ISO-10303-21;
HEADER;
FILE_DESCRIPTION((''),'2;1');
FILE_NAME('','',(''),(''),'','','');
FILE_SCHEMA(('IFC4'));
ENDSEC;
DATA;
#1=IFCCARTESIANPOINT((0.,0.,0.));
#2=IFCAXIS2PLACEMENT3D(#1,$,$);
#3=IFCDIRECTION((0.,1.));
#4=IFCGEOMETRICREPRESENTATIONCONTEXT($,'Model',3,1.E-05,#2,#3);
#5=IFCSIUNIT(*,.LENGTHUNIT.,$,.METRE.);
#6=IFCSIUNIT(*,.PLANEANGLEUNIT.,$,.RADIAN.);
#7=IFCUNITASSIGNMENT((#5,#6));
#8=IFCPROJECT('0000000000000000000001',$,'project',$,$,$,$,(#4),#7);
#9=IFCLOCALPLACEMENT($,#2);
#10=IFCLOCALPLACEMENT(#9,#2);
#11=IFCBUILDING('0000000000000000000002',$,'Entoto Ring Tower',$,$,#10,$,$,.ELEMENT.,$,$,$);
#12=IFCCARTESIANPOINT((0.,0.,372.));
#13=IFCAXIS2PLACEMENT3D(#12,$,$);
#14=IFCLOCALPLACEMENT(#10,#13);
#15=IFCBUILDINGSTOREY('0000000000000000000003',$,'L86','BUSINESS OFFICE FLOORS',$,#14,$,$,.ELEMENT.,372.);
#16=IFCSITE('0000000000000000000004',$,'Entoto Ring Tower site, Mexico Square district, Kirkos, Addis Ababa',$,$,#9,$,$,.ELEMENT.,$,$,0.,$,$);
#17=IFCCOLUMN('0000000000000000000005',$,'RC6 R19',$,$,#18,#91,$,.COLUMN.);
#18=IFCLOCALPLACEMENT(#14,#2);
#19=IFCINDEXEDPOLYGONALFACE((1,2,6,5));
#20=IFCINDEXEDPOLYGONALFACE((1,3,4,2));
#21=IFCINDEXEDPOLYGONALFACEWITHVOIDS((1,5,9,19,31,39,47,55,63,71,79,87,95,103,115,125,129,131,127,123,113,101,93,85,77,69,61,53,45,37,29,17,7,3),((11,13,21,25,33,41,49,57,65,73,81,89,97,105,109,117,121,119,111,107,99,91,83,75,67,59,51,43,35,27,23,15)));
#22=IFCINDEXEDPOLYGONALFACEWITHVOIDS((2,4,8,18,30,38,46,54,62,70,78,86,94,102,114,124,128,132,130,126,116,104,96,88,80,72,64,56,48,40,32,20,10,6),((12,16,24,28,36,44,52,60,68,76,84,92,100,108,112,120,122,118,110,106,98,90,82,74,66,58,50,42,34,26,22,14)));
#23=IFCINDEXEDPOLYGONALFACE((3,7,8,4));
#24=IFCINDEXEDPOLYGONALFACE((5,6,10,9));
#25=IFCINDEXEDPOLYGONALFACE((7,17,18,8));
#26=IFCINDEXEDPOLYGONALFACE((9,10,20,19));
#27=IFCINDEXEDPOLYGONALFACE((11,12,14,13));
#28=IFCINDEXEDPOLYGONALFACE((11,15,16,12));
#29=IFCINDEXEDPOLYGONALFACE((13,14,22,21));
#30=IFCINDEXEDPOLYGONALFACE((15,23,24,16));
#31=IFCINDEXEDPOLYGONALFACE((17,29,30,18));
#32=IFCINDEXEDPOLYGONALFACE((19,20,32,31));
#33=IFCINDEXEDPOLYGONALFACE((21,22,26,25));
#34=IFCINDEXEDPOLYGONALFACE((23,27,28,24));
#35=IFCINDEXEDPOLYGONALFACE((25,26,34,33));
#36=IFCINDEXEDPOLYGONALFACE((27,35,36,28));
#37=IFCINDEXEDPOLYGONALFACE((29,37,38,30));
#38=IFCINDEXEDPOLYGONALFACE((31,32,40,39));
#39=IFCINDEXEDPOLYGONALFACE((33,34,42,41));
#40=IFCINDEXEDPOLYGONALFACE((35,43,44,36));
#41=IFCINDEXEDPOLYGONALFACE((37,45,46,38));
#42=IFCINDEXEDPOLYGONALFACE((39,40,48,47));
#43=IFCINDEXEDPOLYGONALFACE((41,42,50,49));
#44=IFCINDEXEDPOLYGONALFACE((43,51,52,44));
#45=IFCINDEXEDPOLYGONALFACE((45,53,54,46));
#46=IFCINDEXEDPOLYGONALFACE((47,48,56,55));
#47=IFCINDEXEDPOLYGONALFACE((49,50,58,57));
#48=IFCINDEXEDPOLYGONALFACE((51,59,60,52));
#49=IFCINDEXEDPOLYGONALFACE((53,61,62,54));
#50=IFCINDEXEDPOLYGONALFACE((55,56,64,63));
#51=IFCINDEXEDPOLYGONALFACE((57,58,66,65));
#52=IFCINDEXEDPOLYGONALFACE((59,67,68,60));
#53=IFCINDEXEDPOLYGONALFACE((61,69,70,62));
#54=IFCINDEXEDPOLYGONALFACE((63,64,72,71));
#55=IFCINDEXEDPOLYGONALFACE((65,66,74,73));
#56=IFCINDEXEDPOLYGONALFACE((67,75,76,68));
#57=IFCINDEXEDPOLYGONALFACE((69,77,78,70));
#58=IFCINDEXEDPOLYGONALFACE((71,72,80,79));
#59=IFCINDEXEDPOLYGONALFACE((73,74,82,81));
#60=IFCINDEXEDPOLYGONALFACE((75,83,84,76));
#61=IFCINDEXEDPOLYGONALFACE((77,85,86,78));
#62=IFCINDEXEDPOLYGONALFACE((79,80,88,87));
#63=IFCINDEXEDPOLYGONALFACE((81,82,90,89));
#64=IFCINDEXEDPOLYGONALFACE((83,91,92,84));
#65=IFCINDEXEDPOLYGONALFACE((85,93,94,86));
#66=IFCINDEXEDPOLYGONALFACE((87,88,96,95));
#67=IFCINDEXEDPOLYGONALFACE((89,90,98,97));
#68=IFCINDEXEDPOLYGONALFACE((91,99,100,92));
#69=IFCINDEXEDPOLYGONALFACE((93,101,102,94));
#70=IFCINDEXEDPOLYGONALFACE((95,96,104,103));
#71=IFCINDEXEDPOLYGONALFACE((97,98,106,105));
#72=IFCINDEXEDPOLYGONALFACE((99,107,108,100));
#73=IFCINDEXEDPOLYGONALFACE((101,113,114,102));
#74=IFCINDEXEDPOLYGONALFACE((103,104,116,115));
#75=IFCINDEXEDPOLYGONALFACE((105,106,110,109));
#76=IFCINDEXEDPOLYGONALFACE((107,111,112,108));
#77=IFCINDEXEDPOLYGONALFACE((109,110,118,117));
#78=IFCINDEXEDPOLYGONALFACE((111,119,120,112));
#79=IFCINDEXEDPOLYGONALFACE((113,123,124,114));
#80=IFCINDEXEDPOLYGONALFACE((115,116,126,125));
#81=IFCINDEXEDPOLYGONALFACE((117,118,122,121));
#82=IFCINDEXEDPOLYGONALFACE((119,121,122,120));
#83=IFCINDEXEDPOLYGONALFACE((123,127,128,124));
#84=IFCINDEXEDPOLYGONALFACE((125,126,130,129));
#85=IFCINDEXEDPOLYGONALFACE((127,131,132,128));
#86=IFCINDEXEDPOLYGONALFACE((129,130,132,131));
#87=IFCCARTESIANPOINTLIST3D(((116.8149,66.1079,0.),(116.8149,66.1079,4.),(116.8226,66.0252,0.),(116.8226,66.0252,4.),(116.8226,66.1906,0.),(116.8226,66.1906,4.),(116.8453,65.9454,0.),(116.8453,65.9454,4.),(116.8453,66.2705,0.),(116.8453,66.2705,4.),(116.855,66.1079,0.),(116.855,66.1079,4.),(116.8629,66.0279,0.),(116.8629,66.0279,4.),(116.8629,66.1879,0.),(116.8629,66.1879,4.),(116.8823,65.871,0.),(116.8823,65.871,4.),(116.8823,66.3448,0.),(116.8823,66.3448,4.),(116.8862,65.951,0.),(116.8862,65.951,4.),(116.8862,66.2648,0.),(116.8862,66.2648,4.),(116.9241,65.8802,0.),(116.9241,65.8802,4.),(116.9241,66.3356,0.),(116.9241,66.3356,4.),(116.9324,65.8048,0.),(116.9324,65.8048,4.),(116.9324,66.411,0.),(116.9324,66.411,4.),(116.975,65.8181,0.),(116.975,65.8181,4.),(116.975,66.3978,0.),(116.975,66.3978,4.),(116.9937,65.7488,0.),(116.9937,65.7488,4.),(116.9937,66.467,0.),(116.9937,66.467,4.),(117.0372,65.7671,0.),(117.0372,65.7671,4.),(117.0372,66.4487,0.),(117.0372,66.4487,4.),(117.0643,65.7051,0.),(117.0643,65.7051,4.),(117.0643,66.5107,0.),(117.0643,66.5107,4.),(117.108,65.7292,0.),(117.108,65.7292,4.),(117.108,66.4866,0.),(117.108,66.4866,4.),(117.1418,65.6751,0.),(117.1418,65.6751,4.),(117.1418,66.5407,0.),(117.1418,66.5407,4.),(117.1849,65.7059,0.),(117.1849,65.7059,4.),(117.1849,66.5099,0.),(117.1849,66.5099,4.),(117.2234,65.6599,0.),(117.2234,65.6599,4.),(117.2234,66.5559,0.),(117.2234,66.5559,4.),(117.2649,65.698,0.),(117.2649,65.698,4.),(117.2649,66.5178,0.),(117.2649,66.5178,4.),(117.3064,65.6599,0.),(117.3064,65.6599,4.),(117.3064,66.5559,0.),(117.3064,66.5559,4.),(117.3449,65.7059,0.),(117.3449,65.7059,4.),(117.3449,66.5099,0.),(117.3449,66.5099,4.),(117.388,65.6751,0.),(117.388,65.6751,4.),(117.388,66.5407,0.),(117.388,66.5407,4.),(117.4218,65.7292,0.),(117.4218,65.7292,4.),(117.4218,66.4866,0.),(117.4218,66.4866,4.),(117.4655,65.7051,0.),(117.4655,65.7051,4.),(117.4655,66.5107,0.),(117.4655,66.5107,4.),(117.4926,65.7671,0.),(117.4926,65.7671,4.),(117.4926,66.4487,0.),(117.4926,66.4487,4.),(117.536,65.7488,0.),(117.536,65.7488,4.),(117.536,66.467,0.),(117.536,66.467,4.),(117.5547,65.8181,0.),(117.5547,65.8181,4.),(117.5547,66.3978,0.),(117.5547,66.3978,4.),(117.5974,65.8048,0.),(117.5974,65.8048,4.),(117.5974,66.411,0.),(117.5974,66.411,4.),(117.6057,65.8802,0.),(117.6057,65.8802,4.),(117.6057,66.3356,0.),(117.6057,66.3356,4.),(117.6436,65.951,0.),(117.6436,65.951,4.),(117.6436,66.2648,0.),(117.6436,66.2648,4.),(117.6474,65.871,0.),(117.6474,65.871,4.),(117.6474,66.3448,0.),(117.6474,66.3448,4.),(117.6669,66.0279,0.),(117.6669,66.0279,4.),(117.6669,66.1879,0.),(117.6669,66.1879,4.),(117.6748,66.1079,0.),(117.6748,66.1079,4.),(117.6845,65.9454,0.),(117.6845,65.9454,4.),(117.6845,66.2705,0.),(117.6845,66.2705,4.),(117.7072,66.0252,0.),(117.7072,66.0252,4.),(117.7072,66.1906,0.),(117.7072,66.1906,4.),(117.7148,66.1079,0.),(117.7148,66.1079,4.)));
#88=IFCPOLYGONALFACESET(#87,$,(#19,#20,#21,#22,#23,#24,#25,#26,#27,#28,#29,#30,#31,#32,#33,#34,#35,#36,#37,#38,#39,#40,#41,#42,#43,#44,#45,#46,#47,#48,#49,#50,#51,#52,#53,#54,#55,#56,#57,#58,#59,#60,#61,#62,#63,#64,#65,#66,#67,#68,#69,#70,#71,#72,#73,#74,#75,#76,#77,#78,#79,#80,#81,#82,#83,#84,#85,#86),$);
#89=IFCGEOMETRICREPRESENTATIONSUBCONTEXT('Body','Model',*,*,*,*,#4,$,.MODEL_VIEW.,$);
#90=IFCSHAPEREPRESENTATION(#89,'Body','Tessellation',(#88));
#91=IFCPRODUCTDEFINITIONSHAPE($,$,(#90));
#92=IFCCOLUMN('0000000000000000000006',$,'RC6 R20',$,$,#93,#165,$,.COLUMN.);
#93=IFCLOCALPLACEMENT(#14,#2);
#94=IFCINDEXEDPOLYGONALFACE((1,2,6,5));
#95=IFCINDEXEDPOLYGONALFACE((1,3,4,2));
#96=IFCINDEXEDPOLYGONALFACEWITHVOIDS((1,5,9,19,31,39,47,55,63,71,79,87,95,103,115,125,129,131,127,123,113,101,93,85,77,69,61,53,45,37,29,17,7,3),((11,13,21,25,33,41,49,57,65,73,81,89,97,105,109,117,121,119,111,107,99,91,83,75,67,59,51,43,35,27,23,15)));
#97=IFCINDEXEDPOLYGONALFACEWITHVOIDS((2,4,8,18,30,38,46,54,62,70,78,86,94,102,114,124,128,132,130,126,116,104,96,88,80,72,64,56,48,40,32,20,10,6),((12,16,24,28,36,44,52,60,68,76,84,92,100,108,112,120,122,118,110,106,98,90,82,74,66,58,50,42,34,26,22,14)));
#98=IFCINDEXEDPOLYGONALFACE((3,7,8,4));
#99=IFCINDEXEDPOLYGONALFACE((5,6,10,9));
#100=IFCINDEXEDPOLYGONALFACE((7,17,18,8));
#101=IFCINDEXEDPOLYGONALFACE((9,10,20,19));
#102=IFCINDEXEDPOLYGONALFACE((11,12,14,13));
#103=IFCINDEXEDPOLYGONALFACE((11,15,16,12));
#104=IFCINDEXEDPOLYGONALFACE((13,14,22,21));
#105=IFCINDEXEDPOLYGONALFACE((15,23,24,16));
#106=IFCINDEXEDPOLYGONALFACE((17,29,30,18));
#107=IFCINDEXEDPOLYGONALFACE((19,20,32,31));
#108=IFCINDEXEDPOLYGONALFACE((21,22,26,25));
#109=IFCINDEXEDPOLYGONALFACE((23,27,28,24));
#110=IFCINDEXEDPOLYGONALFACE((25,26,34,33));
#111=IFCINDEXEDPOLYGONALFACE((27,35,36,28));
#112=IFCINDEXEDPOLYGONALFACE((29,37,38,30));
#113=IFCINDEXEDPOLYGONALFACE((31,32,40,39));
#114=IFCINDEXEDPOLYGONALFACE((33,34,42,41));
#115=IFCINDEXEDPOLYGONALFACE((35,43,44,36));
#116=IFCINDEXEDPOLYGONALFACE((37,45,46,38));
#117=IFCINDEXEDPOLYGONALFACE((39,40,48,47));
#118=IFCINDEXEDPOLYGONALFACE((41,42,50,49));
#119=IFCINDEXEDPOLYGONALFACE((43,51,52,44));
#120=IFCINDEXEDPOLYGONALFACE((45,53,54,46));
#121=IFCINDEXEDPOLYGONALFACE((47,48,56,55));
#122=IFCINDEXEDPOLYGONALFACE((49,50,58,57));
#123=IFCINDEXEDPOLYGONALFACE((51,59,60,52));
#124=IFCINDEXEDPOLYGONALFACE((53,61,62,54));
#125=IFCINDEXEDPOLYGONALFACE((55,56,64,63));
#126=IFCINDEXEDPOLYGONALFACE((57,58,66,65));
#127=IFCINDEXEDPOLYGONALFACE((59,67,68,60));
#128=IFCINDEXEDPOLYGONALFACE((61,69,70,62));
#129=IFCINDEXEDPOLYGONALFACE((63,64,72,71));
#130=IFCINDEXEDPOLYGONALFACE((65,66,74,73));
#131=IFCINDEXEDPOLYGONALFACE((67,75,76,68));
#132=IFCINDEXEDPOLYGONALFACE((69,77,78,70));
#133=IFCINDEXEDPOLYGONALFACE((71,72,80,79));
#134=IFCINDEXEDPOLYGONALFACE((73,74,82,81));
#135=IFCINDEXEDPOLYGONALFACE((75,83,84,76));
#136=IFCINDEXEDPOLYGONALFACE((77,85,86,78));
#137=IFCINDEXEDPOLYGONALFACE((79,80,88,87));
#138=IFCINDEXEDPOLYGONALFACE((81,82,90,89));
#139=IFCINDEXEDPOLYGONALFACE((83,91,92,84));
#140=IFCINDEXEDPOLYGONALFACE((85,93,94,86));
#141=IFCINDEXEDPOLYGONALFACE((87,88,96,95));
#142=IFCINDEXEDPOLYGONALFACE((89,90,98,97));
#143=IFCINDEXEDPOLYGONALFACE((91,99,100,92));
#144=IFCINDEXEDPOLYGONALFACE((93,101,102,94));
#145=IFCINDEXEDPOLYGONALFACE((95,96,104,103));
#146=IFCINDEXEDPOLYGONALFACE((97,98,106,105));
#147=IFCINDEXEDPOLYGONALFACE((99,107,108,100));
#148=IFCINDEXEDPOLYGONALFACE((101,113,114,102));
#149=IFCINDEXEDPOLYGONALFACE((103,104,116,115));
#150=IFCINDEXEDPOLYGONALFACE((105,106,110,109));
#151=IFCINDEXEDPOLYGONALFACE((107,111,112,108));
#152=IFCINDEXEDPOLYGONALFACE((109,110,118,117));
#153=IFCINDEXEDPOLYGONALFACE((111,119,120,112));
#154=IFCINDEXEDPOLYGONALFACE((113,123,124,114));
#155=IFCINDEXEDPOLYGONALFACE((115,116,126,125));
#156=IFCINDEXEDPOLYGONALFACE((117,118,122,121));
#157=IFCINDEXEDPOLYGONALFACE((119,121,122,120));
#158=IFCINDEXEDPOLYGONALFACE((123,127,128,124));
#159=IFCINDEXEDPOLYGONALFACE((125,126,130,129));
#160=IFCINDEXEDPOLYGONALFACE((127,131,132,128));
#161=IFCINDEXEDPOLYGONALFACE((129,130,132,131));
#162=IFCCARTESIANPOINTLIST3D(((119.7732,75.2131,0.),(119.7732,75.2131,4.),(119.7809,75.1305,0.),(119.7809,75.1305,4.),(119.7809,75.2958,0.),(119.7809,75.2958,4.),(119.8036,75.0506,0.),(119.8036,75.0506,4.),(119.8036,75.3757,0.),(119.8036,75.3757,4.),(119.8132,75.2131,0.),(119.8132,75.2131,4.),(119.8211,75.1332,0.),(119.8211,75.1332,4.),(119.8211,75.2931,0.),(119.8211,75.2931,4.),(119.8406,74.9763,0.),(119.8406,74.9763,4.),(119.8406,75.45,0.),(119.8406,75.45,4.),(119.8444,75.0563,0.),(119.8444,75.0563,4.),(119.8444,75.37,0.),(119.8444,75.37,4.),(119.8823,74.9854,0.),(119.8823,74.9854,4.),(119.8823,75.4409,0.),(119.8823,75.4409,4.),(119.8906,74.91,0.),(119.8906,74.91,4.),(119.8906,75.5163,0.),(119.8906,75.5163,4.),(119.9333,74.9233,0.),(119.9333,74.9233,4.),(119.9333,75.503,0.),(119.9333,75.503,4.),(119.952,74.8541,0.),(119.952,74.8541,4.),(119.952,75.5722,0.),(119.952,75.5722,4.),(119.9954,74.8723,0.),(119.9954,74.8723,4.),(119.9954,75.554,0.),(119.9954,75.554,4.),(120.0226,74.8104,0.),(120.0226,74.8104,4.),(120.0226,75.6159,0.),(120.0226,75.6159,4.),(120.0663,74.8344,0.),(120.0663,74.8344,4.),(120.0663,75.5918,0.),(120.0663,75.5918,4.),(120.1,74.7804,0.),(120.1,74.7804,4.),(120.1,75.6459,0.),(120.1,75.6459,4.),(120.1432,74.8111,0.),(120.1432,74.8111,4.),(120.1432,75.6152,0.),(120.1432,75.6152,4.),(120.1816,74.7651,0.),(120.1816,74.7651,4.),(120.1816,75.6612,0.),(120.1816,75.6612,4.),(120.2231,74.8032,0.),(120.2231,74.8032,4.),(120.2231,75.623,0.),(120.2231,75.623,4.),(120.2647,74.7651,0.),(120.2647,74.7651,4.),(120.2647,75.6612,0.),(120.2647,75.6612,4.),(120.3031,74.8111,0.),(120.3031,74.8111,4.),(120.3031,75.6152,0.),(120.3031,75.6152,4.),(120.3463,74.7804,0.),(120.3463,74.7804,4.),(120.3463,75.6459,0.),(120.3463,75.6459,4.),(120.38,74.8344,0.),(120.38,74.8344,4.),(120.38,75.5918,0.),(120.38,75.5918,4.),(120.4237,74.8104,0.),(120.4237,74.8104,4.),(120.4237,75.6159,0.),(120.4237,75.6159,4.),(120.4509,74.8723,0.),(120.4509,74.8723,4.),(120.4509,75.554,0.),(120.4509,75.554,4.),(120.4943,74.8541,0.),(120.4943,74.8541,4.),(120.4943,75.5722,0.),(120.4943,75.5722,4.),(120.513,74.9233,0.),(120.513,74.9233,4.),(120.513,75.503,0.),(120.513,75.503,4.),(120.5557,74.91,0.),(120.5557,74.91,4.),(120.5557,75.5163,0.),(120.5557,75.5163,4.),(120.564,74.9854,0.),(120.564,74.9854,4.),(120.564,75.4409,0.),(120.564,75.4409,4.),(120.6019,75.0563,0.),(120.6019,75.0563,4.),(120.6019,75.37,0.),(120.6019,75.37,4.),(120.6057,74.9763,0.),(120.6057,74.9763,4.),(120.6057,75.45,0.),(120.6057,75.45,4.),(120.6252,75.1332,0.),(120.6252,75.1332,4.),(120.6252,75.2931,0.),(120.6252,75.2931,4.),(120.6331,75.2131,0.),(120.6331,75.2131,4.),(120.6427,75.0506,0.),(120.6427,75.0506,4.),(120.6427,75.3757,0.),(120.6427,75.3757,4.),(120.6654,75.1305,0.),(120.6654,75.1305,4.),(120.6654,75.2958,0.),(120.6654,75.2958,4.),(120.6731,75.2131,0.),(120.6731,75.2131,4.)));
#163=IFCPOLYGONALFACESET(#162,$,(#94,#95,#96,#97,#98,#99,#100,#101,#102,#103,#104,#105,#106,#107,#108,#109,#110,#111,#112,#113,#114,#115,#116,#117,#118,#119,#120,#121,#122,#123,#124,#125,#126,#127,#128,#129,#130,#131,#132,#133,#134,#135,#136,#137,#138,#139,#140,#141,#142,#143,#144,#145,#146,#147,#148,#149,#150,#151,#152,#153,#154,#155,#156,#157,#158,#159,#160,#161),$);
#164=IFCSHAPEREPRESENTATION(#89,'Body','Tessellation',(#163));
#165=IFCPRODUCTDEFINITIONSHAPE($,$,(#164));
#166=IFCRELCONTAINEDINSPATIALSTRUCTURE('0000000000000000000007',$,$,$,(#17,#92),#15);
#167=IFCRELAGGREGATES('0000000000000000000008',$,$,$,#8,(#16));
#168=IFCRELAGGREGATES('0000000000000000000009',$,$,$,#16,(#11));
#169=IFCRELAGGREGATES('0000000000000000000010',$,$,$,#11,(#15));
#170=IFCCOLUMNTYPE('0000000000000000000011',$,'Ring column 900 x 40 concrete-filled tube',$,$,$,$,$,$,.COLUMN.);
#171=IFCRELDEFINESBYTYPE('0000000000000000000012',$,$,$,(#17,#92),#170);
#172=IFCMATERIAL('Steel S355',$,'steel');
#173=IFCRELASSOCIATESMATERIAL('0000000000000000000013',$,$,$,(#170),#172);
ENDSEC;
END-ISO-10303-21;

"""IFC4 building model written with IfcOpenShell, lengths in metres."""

from ifc_helpers import new_model, si_unit, direction, frame, origin, origin_2d, place, context, subcontext, project, spatial, circle, hollow_circle, extrude, material, material_profile, profile_set, type_object, element, save


model = new_model("IFC4")

# Units and contexts
model_context = context("Model", 3, precision=1e-05, world=origin(), true_north=direction((0.0, 1.0)))
body_context = subcontext(model_context, "Body", "Model", "MODEL_VIEW")
ifc_project = project(units=[si_unit("LENGTHUNIT", "METRE"), si_unit("PLANEANGLEUNIT", "RADIAN")], contexts=[model_context])

# Site, building, storey
site_placement = place(None, origin())
site = spatial("IfcSite", under=ifc_project, at=site_placement, Name="Entoto Ring Tower site, Mexico Square district, Kirkos, Addis Ababa", CompositionType="ELEMENT", RefElevation=0.0)
building_placement = place(site_placement, origin())
building = spatial("IfcBuilding", under=site, at=building_placement, Name="Entoto Ring Tower", CompositionType="ELEMENT")
storey_placement = place(building_placement, frame((0.0, 0.0, 372.0)))
storey = spatial("IfcBuildingStorey", under=building, at=storey_placement, Name="L86", Description="BUSINESS OFFICE FLOORS", CompositionType="ELEMENT", Elevation=372.0)

# Columns
ifc_material_1 = material(Name="Steel S355", Category="steel")
ifc_material_profile_1 = material_profile(ifc_material_1, hollow_circle(Radius=0.45, WallThickness=0.04, at=origin_2d()), Name="CHS 900 x 40")
ifc_material_2 = material(Name="Concrete C60/75", Category="concrete")
ifc_material_profile_2 = material_profile(ifc_material_2, circle(Radius=0.4099, at=origin_2d()), Name="Concrete C60/75 infill")
ifc_profile_set_1 = profile_set([ifc_material_profile_1, ifc_material_profile_2], Name="Steel S355")
column_type = type_object("IfcColumnType", Name="Ring column 900 x 40 concrete-filled tube", PredefinedType="COLUMN", material=ifc_profile_set_1)
for number, where, z_axis, x_axis, name in (
    (1, (117.2649, 66.1079, 0.0), (0.0, 0.0, 1.0), (1.0, 0.0, 0.0), "RC6 R19"),
    (2, (120.2231, 75.2131, 0.0), (0.0, 0.0, 1.0), (1.0, 0.0, 0.0), "RC6 R20"),
):
    element("IfcColumn", number, at=place(storey_placement, frame(where, z_axis=z_axis, x_axis=x_axis)), inside=storey, type_object=column_type, Name=name, PredefinedType="COLUMN", context=body_context, shape_type="SweptSolid", body=[
        extrude(hollow_circle(Radius=0.45, WallThickness=0.04, at=origin_2d()), origin(), (0.0, 0.0, 1.0), 4.0),
    ])

save(model, "model.ifc")
